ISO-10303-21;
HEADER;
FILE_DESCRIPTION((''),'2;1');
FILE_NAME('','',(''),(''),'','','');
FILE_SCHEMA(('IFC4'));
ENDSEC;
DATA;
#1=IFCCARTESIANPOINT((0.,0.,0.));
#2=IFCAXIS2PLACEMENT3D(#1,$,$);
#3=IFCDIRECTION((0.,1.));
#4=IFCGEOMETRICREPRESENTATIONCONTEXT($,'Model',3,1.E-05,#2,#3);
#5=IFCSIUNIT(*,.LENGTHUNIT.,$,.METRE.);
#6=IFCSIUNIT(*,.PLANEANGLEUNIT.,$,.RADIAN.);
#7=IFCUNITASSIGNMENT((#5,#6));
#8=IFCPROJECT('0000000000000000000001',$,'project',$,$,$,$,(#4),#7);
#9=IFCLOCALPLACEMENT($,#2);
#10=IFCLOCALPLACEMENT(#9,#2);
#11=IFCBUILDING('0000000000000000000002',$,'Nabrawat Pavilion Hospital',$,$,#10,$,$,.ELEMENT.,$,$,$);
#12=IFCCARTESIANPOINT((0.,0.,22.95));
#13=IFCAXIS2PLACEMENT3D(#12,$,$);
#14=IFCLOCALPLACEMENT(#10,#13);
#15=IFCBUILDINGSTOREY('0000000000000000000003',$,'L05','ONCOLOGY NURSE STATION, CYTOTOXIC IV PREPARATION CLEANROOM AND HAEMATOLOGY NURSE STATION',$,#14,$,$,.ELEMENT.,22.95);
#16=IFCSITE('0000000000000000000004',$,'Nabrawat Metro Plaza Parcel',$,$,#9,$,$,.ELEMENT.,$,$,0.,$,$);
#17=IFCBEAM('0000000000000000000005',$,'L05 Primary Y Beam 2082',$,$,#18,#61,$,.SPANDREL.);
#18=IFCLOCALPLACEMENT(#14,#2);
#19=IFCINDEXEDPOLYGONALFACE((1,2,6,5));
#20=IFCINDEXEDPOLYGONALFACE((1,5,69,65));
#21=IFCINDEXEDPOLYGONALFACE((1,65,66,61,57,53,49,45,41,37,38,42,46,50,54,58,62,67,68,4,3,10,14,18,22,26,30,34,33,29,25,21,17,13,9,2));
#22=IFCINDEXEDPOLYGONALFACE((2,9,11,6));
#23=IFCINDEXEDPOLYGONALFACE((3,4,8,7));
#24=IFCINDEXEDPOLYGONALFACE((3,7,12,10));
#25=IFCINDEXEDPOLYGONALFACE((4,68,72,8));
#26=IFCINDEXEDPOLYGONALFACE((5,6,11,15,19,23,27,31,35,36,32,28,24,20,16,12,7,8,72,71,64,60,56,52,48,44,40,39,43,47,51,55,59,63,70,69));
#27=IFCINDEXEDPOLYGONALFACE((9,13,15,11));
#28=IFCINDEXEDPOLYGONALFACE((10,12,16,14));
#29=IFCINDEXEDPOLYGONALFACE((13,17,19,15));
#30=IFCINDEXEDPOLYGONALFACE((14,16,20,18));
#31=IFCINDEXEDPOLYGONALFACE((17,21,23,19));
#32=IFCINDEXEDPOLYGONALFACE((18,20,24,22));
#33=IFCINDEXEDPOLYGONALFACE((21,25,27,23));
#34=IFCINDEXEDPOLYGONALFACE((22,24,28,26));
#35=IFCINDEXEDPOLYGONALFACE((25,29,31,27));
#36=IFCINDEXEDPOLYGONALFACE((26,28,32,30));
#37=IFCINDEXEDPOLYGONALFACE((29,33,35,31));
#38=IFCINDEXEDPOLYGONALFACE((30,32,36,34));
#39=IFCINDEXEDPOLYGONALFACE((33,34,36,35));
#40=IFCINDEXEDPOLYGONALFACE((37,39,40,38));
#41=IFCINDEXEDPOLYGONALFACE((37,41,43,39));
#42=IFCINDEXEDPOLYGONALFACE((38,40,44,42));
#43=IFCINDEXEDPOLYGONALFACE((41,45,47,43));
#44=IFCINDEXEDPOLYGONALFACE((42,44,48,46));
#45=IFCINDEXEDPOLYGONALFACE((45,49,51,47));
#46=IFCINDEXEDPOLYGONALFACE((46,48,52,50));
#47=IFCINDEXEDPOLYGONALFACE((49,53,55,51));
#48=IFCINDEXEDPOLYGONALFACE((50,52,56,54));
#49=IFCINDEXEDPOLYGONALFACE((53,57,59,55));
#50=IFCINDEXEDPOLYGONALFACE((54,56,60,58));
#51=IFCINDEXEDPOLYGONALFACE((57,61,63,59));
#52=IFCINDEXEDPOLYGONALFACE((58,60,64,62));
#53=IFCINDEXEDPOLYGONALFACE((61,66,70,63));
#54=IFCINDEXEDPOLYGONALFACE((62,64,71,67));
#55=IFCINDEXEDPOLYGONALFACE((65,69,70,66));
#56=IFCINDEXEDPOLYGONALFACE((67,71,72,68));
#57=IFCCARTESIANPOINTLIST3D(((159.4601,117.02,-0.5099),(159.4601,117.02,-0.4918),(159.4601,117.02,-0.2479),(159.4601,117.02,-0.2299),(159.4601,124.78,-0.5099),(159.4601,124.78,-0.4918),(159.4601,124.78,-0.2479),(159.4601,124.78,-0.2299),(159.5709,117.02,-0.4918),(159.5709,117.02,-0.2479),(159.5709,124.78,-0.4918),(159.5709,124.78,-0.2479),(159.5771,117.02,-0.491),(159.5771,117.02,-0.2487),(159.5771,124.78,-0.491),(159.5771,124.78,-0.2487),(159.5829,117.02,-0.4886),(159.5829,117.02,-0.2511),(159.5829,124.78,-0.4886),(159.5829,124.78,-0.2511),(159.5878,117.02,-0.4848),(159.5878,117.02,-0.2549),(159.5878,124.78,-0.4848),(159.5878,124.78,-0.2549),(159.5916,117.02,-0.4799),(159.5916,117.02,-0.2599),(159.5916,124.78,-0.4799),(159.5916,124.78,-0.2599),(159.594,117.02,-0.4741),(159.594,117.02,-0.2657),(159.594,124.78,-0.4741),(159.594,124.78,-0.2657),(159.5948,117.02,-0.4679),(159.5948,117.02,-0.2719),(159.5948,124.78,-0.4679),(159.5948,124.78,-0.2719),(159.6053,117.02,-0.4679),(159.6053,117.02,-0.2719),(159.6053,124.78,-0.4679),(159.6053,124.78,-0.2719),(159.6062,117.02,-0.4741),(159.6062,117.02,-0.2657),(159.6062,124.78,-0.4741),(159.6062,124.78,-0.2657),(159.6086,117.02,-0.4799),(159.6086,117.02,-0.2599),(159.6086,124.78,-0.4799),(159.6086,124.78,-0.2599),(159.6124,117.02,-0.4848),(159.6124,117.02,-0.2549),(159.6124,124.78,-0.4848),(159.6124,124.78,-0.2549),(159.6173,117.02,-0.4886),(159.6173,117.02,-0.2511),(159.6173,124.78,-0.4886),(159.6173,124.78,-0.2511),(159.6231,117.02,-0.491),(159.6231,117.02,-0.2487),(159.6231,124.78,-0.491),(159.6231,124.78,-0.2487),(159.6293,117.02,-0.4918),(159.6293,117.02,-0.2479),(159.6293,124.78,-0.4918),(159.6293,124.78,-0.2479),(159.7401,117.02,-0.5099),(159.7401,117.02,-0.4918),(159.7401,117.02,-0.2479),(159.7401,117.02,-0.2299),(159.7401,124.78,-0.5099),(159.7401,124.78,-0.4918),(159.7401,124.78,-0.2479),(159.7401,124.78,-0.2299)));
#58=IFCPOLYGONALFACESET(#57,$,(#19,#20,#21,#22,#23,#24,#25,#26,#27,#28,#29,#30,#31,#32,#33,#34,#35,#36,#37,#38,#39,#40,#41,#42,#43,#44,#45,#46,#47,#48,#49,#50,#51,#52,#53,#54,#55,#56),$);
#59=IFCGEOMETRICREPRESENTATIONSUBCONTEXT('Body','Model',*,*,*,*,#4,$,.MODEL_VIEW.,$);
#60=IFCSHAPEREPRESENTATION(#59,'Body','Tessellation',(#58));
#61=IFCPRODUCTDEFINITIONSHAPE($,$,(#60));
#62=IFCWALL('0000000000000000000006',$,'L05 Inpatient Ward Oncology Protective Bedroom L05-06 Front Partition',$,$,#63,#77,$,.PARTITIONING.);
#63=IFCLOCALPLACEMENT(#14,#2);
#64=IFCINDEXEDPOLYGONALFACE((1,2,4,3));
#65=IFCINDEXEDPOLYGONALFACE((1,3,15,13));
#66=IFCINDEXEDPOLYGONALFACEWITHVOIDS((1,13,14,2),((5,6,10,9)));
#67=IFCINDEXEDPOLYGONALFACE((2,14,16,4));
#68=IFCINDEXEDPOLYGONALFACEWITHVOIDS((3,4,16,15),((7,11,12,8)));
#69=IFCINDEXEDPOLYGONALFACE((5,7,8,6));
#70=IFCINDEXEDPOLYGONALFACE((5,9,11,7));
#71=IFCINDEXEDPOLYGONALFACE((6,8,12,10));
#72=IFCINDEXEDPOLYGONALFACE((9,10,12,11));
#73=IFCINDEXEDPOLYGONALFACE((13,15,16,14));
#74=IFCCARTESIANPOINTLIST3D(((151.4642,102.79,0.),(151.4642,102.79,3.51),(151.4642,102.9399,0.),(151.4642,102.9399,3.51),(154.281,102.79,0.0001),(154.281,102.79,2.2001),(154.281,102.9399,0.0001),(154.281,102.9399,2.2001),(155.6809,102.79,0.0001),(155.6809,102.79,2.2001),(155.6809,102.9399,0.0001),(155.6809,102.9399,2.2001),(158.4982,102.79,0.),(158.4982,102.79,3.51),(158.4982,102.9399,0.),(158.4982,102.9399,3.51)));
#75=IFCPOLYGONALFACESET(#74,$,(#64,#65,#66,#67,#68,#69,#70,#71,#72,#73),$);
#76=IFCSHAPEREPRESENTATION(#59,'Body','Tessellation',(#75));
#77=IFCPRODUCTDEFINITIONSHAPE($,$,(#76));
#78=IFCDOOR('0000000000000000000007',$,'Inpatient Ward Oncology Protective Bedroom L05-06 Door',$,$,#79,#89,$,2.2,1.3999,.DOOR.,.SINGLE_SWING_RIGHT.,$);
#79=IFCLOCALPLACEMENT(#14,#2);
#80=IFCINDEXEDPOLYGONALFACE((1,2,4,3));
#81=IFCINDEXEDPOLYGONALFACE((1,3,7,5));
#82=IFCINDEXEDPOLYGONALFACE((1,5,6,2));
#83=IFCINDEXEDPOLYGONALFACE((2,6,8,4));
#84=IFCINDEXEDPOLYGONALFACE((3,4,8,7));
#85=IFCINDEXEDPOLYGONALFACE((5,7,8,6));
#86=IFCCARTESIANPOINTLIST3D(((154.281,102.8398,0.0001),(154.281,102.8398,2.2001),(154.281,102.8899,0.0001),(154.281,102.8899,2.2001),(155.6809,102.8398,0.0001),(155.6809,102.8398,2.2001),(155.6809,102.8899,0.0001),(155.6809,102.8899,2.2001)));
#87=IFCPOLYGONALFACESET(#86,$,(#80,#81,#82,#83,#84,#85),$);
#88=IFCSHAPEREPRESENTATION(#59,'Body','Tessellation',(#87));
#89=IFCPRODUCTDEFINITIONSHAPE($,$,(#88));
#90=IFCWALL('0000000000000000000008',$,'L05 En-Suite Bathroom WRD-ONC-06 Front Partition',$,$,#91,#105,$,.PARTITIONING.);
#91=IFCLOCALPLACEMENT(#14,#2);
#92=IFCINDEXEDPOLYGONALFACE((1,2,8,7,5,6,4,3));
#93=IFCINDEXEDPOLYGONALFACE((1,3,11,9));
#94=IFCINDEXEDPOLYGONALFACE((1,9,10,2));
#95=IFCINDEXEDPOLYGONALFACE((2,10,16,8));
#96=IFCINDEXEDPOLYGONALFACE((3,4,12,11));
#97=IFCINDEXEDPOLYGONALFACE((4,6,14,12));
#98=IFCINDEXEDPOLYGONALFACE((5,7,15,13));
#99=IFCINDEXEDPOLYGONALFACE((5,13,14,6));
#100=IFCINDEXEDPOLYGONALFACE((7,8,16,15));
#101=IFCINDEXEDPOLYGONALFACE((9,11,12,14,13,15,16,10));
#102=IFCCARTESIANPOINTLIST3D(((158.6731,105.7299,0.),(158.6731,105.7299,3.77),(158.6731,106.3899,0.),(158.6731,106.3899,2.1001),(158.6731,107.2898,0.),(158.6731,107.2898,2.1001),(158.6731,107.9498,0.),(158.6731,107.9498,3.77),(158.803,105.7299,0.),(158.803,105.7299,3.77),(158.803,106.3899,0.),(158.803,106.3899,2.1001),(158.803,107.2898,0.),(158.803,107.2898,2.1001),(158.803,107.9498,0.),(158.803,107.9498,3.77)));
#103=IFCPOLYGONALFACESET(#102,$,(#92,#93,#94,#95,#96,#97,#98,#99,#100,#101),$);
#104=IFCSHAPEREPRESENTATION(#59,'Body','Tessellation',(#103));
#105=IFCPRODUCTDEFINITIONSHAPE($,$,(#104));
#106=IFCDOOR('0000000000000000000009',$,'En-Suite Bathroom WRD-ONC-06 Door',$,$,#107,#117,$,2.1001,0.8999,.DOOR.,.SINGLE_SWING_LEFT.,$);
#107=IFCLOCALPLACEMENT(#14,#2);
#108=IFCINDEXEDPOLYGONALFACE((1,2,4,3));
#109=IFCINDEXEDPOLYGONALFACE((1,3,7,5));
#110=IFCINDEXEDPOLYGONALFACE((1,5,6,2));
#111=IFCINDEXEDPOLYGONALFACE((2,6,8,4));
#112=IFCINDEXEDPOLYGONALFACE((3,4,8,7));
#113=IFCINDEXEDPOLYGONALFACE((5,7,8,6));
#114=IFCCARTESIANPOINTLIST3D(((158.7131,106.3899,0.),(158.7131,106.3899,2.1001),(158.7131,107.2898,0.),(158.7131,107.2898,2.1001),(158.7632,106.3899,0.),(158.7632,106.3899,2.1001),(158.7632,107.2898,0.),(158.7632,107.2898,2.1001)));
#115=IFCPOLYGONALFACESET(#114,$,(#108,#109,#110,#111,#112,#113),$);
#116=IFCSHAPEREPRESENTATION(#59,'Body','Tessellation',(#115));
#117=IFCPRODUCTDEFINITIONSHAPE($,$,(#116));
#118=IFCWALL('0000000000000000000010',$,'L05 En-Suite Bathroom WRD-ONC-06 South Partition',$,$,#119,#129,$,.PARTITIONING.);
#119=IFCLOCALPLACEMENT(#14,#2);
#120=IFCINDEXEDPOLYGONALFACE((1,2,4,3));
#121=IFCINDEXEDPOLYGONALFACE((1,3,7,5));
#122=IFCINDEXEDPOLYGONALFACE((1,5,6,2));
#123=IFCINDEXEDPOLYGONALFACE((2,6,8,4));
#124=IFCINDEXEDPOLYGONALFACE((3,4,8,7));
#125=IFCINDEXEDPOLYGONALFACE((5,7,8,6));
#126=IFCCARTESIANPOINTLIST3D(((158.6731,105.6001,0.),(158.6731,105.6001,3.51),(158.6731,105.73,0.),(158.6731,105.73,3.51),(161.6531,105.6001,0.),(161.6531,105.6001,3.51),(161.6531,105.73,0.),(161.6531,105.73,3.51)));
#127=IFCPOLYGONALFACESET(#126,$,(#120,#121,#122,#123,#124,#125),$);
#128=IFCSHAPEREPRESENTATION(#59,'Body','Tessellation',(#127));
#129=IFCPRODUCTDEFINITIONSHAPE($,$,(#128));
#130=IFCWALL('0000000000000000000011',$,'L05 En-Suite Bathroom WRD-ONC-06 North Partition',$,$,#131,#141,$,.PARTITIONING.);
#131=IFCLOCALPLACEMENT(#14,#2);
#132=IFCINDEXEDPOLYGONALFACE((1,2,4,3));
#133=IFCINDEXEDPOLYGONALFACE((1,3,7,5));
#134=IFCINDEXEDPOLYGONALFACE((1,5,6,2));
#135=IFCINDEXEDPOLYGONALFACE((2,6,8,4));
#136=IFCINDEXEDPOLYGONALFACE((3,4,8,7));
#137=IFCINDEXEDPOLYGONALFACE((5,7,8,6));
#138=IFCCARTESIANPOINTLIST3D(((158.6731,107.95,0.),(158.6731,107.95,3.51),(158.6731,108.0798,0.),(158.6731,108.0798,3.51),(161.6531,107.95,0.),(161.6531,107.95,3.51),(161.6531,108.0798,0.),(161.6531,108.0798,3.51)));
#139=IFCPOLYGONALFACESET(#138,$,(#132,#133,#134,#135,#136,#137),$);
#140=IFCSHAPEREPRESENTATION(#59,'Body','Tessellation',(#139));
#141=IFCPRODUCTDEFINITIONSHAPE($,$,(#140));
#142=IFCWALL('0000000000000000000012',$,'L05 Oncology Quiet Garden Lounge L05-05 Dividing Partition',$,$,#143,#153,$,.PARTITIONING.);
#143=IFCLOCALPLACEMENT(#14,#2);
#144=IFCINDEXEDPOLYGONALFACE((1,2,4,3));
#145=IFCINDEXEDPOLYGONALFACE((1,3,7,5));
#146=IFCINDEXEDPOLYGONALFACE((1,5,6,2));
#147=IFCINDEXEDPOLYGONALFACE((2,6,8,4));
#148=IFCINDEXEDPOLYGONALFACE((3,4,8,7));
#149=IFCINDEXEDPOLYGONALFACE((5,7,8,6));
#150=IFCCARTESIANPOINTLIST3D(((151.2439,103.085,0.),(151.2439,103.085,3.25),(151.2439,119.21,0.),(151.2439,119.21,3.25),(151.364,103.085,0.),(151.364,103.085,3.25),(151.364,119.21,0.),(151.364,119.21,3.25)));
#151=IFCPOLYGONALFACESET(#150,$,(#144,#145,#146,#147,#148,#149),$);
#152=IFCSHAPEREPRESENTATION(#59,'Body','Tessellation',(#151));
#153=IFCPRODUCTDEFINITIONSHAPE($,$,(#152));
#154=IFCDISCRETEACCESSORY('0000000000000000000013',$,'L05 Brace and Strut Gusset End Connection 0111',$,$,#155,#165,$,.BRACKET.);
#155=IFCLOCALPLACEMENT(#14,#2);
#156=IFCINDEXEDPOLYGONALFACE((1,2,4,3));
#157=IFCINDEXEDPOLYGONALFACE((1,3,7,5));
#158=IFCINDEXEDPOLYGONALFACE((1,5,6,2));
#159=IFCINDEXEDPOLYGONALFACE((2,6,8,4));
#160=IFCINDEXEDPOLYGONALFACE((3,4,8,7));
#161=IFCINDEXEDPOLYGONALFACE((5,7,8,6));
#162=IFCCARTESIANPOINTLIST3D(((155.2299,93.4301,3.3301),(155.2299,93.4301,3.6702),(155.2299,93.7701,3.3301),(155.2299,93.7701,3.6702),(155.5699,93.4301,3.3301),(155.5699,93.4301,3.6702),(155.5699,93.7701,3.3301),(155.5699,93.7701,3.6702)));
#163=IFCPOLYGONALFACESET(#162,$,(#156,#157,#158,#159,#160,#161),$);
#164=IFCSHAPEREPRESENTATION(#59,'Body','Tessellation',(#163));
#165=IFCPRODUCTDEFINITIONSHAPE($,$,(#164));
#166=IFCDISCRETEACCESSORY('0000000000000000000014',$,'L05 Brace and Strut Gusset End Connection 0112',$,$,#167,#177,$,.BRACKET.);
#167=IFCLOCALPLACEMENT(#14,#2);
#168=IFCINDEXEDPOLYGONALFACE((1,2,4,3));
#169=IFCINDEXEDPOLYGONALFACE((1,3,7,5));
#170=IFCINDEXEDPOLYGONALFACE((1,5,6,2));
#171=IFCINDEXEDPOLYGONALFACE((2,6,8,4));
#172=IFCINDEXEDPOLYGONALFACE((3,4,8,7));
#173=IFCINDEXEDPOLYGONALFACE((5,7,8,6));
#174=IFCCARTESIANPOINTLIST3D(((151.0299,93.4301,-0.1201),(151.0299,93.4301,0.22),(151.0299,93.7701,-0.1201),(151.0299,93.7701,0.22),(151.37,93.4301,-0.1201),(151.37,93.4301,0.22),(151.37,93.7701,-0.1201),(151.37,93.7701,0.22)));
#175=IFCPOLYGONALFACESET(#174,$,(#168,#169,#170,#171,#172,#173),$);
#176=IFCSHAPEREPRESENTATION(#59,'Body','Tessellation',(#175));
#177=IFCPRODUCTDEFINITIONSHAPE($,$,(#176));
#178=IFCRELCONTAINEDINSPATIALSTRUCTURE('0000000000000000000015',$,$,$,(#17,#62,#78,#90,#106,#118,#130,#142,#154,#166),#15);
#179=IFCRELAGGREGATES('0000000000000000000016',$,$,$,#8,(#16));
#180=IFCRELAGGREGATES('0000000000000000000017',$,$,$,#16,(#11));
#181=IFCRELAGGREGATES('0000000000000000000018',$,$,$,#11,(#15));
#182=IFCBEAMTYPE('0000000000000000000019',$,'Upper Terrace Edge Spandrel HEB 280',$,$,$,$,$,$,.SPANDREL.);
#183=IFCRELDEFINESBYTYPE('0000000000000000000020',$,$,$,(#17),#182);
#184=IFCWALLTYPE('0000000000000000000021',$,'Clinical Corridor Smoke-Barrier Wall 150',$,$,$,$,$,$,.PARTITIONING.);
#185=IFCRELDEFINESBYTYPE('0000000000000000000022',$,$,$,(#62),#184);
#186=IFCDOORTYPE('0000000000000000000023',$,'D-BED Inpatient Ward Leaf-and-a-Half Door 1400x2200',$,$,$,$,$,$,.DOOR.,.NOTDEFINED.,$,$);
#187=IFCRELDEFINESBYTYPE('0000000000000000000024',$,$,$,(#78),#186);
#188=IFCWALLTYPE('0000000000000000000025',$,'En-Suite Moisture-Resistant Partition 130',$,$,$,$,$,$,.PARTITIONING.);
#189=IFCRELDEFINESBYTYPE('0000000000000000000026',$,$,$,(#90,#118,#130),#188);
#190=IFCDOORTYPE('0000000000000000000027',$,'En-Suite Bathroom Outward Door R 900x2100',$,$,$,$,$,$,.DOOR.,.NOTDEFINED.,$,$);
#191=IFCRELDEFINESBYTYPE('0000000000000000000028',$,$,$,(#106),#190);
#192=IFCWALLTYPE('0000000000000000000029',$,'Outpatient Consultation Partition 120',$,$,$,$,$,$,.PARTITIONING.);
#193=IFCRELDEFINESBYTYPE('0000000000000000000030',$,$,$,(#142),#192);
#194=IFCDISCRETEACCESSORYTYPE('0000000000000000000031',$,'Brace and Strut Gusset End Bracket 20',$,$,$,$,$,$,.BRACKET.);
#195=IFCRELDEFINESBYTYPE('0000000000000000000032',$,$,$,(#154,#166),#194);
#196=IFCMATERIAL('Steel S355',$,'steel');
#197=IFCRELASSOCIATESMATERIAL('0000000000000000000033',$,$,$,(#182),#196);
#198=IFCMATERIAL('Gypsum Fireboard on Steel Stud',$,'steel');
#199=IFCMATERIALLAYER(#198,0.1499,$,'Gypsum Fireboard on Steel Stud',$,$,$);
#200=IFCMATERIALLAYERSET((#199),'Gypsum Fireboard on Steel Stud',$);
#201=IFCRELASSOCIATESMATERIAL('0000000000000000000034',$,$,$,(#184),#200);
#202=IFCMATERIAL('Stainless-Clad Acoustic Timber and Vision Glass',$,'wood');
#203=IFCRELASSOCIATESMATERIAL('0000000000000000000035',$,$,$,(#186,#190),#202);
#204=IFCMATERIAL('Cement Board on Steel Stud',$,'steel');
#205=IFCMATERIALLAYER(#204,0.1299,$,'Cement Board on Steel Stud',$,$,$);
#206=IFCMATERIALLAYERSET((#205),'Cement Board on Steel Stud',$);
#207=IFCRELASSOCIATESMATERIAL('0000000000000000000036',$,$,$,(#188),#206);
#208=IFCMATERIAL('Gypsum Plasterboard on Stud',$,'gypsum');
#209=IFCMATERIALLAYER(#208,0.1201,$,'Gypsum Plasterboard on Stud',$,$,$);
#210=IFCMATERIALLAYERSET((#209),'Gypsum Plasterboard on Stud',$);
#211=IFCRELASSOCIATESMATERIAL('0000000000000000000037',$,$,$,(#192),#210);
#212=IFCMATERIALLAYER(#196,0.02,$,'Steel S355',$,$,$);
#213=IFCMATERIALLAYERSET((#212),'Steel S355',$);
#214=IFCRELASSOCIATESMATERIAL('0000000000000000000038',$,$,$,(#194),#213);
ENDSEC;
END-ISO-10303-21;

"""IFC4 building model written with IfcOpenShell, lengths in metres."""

from ifc_helpers import new_model, si_unit, direction, frame, frame_2d, origin, origin_2d, place, context, subcontext, project, spatial, rectangle, i_section, extrude, material, layer, layer_set, material_profile, profile_set, type_object, element, fill, save


model = new_model("IFC4")

# Units and contexts
model_context = context("Model", 3, precision=1e-05, world=origin(), true_north=direction((0.0, 1.0)))
body_context = subcontext(model_context, "Body", "Model", "MODEL_VIEW")
ifc_project = project(units=[si_unit("LENGTHUNIT", "METRE"), si_unit("PLANEANGLEUNIT", "RADIAN")], contexts=[model_context])

# Site, building, storey
site_placement = place(None, origin())
site = spatial("IfcSite", under=ifc_project, at=site_placement, Name="Nabrawat Metro Plaza Parcel", CompositionType="ELEMENT", RefElevation=0.0)
building_placement = place(site_placement, origin())
building = spatial("IfcBuilding", under=site, at=building_placement, Name="Nabrawat Pavilion Hospital", CompositionType="ELEMENT")
storey_placement = place(building_placement, frame((0.0, 0.0, 22.95)))
storey = spatial("IfcBuildingStorey", under=building, at=storey_placement, Name="L05", Description="ONCOLOGY NURSE STATION, CYTOTOXIC IV PREPARATION CLEANROOM AND HAEMATOLOGY NURSE STATION", CompositionType="ELEMENT", Elevation=22.95)

# Shared definitions
ifc_material_1 = material(Name="Steel S355", Category="steel")

# Beam
ifc_material_profile_1 = material_profile(ifc_material_1, i_section(OverallWidth=0.28, OverallDepth=0.28, WebThickness=0.0105, FlangeThickness=0.0181, FilletRadius=0.0239, at=origin_2d()), Name="HEB 280")
ifc_profile_set_1 = profile_set([ifc_material_profile_1], Name="Steel S355")
beam_type_1 = type_object("IfcBeamType", Name="Upper Terrace Edge Spandrel HEB 280", PredefinedType="SPANDREL", material=ifc_profile_set_1)
for number, where, z_axis, x_axis, name in (
    (1, (159.6001, 117.02, -0.3699), (0.0, 1.0, 0.0), (-1.0, 0.0, 0.0), "L05 Primary Y Beam 2082"),
):
    element("IfcBeam", number, at=place(storey_placement, frame(where, z_axis=z_axis, x_axis=x_axis)), inside=storey, type_object=beam_type_1, Name=name, PredefinedType="SPANDREL", context=body_context, shape_type="SweptSolid", body=[
        extrude(i_section(OverallWidth=0.28, OverallDepth=0.28, WebThickness=0.0105, FlangeThickness=0.0181, FilletRadius=0.0239, at=origin_2d()), origin(), (0.0, 0.0, 1.0), 7.76),
    ])

# Walls, openings, doors
ifc_material_2 = material(Name="Gypsum Fireboard on Steel Stud", Category="steel")
ifc_layer_1 = layer(ifc_material_2, 0.1499, Name="Gypsum Fireboard on Steel Stud")
ifc_layer_set_1 = layer_set([ifc_layer_1], Name="Gypsum Fireboard on Steel Stud")
wall_type_1 = type_object("IfcWallType", Name="Clinical Corridor Smoke-Barrier Wall 150", PredefinedType="PARTITIONING", material=ifc_layer_set_1)
wall_1_placement = place(storey_placement, frame((151.4641, 102.865, 0.0), z_axis=(0.0, 0.0, 1.0), x_axis=(1.0, 0.0, 0.0)))
wall_1 = element("IfcWall", 2, at=wall_1_placement, inside=storey, type_object=wall_type_1, Name="L05 Inpatient Ward Oncology Protective Bedroom L05-06 Front Partition", PredefinedType="PARTITIONING", context=body_context, shape_type="SweptSolid", body=[
    extrude(rectangle(XDim=7.0339, YDim=0.1499, at=frame_2d((3.5171, 0.0))), origin(), (0.0, 0.0, 1.0), 3.51),
])
opening_1_placement = place(wall_1_placement, frame((2.8169, 0.0, 0.0)))
opening_1 = element("IfcOpeningElement", 3, at=opening_1_placement, cuts=wall_1, PredefinedType="OPENING", context=body_context, shape_type="SweptSolid", body=[
    extrude(rectangle(XDim=1.3999, YDim=2.2, at=frame_2d((0.7, 1.1001))), frame((0.0, 0.085, 0.0), z_axis=(0.0, -1.0, 0.0), x_axis=(1.0, 0.0, 0.0)), (0.0, 0.0, 1.0), 0.1699),
])
ifc_material_3 = material(Name="Stainless-Clad Acoustic Timber and Vision Glass", Category="wood")
door_type_1 = type_object("IfcDoorType", Name="D-BED Inpatient Ward Leaf-and-a-Half Door 1400x2200", OperationType="NOTDEFINED", PredefinedType="DOOR", material=ifc_material_3)
door_1_placement = place(opening_1_placement, origin())
door_1 = element("IfcDoor", 4, at=door_1_placement, inside=storey, type_object=door_type_1, Name="Inpatient Ward Oncology Protective Bedroom L05-06 Door", OperationType="SINGLE_SWING_RIGHT", OverallHeight=2.2, OverallWidth=1.3999, PredefinedType="DOOR", context=body_context, shape_type="SweptSolid", body=[
    extrude(rectangle(XDim=1.3999, YDim=2.2, at=frame_2d((0.7, 1.1001))), frame((0.0, 0.0249, 0.0), z_axis=(0.0, -1.0, 0.0), x_axis=(1.0, 0.0, 0.0)), (0.0, 0.0, 1.0), 0.05),
])
fill(opening_1, door_1)
ifc_material_4 = material(Name="Cement Board on Steel Stud", Category="steel")
ifc_layer_2 = layer(ifc_material_4, 0.1299, Name="Cement Board on Steel Stud")
ifc_layer_set_2 = layer_set([ifc_layer_2], Name="Cement Board on Steel Stud")
wall_type_2 = type_object("IfcWallType", Name="En-Suite Moisture-Resistant Partition 130", PredefinedType="PARTITIONING", material=ifc_layer_set_2)
wall_2_placement = place(storey_placement, frame((158.738, 105.73, 0.0), z_axis=(0.0, 0.0, 1.0), x_axis=(0.0, 1.0, 0.0)))
wall_2 = element("IfcWall", 5, at=wall_2_placement, inside=storey, type_object=wall_type_2, Name="L05 En-Suite Bathroom WRD-ONC-06 Front Partition", PredefinedType="PARTITIONING", context=body_context, shape_type="SweptSolid", body=[
    extrude(rectangle(XDim=2.22, YDim=0.1299, at=frame_2d((1.1099, 0.0))), origin(), (0.0, 0.0, 1.0), 3.77),
])
opening_2_placement = place(wall_2_placement, frame((0.6599, 0.0, 0.0)))
opening_2 = element("IfcOpeningElement", 6, at=opening_2_placement, cuts=wall_2, PredefinedType="OPENING", context=body_context, shape_type="SweptSolid", body=[
    extrude(rectangle(XDim=0.8999, YDim=2.1001, at=frame_2d((0.45, 1.05))), frame((0.0, 0.075, 0.0), z_axis=(0.0, -1.0, 0.0), x_axis=(1.0, 0.0, 0.0)), (0.0, 0.0, 1.0), 0.1499),
])
door_type_2 = type_object("IfcDoorType", Name="En-Suite Bathroom Outward Door R 900x2100", OperationType="NOTDEFINED", PredefinedType="DOOR", material=ifc_material_3)
door_2_placement = place(opening_2_placement, origin())
door_2 = element("IfcDoor", 7, at=door_2_placement, inside=storey, type_object=door_type_2, Name="En-Suite Bathroom WRD-ONC-06 Door", OperationType="SINGLE_SWING_LEFT", OverallHeight=2.1001, OverallWidth=0.8999, PredefinedType="DOOR", context=body_context, shape_type="SweptSolid", body=[
    extrude(rectangle(XDim=0.8999, YDim=2.1001, at=frame_2d((0.45, 1.05))), frame((0.0, 0.0249, 0.0), z_axis=(0.0, -1.0, 0.0), x_axis=(1.0, 0.0, 0.0)), (0.0, 0.0, 1.0), 0.05),
])
fill(opening_2, door_2)

# Walls
for number, where, z_axis, x_axis, name in (
    (8, (158.6731, 105.665, 0.0), (0.0, 0.0, 1.0), (1.0, 0.0, 0.0), "L05 En-Suite Bathroom WRD-ONC-06 South Partition"),
    (9, (158.6731, 108.0149, 0.0), (0.0, 0.0, 1.0), (1.0, 0.0, 0.0), "L05 En-Suite Bathroom WRD-ONC-06 North Partition"),
):
    element("IfcWall", number, at=place(storey_placement, frame(where, z_axis=z_axis, x_axis=x_axis)), inside=storey, type_object=wall_type_2, Name=name, PredefinedType="PARTITIONING", context=body_context, shape_type="SweptSolid", body=[
        extrude(rectangle(XDim=2.98, YDim=0.1299, at=frame_2d((1.49, 0.0))), origin(), (0.0, 0.0, 1.0), 3.51),
    ])
ifc_material_5 = material(Name="Gypsum Plasterboard on Stud", Category="gypsum")
ifc_layer_3 = layer(ifc_material_5, 0.1201, Name="Gypsum Plasterboard on Stud")
ifc_layer_set_3 = layer_set([ifc_layer_3], Name="Gypsum Plasterboard on Stud")
wall_type_3 = type_object("IfcWallType", Name="Outpatient Consultation Partition 120", PredefinedType="PARTITIONING", material=ifc_layer_set_3)
wall_3_placement = place(storey_placement, frame((151.304, 103.085, 0.0), z_axis=(0.0, 0.0, 1.0), x_axis=(0.0, 1.0, 0.0)))
element("IfcWall", 10, at=wall_3_placement, inside=storey, type_object=wall_type_3, Name="L05 Oncology Quiet Garden Lounge L05-05 Dividing Partition", PredefinedType="PARTITIONING", context=body_context, shape_type="SweptSolid", body=[
    extrude(rectangle(XDim=16.125, YDim=0.1201, at=frame_2d((8.0625, 0.0))), origin(), (0.0, 0.0, 1.0), 3.25),
])

# Discrete accessories
ifc_layer_4 = layer(ifc_material_1, 0.02, Name="Steel S355")
ifc_layer_set_4 = layer_set([ifc_layer_4], Name="Steel S355")
discrete_accessory_type = type_object("IfcDiscreteAccessoryType", Name="Brace and Strut Gusset End Bracket 20", PredefinedType="BRACKET", material=ifc_layer_set_4)
for number, where, z_axis, x_axis, name in (
    (11, (155.3999, 93.6001, 3.3301), (0.0, 0.0, 1.0), (1.0, 0.0, 0.0), "L05 Brace and Strut Gusset End Connection 0111"),
    (12, (151.2, 93.6001, -0.1201), (0.0, 0.0, 1.0), (1.0, 0.0, 0.0), "L05 Brace and Strut Gusset End Connection 0112"),
):
    element("IfcDiscreteAccessory", number, at=place(storey_placement, frame(where, z_axis=z_axis, x_axis=x_axis)), inside=storey, type_object=discrete_accessory_type, Name=name, PredefinedType="BRACKET", context=body_context, shape_type="SweptSolid", body=[
        extrude(rectangle(XDim=0.3401, YDim=0.3401, at=origin_2d()), origin(), (0.0, 0.0, 1.0), 0.3401),
    ])

save(model, "model.ifc")
